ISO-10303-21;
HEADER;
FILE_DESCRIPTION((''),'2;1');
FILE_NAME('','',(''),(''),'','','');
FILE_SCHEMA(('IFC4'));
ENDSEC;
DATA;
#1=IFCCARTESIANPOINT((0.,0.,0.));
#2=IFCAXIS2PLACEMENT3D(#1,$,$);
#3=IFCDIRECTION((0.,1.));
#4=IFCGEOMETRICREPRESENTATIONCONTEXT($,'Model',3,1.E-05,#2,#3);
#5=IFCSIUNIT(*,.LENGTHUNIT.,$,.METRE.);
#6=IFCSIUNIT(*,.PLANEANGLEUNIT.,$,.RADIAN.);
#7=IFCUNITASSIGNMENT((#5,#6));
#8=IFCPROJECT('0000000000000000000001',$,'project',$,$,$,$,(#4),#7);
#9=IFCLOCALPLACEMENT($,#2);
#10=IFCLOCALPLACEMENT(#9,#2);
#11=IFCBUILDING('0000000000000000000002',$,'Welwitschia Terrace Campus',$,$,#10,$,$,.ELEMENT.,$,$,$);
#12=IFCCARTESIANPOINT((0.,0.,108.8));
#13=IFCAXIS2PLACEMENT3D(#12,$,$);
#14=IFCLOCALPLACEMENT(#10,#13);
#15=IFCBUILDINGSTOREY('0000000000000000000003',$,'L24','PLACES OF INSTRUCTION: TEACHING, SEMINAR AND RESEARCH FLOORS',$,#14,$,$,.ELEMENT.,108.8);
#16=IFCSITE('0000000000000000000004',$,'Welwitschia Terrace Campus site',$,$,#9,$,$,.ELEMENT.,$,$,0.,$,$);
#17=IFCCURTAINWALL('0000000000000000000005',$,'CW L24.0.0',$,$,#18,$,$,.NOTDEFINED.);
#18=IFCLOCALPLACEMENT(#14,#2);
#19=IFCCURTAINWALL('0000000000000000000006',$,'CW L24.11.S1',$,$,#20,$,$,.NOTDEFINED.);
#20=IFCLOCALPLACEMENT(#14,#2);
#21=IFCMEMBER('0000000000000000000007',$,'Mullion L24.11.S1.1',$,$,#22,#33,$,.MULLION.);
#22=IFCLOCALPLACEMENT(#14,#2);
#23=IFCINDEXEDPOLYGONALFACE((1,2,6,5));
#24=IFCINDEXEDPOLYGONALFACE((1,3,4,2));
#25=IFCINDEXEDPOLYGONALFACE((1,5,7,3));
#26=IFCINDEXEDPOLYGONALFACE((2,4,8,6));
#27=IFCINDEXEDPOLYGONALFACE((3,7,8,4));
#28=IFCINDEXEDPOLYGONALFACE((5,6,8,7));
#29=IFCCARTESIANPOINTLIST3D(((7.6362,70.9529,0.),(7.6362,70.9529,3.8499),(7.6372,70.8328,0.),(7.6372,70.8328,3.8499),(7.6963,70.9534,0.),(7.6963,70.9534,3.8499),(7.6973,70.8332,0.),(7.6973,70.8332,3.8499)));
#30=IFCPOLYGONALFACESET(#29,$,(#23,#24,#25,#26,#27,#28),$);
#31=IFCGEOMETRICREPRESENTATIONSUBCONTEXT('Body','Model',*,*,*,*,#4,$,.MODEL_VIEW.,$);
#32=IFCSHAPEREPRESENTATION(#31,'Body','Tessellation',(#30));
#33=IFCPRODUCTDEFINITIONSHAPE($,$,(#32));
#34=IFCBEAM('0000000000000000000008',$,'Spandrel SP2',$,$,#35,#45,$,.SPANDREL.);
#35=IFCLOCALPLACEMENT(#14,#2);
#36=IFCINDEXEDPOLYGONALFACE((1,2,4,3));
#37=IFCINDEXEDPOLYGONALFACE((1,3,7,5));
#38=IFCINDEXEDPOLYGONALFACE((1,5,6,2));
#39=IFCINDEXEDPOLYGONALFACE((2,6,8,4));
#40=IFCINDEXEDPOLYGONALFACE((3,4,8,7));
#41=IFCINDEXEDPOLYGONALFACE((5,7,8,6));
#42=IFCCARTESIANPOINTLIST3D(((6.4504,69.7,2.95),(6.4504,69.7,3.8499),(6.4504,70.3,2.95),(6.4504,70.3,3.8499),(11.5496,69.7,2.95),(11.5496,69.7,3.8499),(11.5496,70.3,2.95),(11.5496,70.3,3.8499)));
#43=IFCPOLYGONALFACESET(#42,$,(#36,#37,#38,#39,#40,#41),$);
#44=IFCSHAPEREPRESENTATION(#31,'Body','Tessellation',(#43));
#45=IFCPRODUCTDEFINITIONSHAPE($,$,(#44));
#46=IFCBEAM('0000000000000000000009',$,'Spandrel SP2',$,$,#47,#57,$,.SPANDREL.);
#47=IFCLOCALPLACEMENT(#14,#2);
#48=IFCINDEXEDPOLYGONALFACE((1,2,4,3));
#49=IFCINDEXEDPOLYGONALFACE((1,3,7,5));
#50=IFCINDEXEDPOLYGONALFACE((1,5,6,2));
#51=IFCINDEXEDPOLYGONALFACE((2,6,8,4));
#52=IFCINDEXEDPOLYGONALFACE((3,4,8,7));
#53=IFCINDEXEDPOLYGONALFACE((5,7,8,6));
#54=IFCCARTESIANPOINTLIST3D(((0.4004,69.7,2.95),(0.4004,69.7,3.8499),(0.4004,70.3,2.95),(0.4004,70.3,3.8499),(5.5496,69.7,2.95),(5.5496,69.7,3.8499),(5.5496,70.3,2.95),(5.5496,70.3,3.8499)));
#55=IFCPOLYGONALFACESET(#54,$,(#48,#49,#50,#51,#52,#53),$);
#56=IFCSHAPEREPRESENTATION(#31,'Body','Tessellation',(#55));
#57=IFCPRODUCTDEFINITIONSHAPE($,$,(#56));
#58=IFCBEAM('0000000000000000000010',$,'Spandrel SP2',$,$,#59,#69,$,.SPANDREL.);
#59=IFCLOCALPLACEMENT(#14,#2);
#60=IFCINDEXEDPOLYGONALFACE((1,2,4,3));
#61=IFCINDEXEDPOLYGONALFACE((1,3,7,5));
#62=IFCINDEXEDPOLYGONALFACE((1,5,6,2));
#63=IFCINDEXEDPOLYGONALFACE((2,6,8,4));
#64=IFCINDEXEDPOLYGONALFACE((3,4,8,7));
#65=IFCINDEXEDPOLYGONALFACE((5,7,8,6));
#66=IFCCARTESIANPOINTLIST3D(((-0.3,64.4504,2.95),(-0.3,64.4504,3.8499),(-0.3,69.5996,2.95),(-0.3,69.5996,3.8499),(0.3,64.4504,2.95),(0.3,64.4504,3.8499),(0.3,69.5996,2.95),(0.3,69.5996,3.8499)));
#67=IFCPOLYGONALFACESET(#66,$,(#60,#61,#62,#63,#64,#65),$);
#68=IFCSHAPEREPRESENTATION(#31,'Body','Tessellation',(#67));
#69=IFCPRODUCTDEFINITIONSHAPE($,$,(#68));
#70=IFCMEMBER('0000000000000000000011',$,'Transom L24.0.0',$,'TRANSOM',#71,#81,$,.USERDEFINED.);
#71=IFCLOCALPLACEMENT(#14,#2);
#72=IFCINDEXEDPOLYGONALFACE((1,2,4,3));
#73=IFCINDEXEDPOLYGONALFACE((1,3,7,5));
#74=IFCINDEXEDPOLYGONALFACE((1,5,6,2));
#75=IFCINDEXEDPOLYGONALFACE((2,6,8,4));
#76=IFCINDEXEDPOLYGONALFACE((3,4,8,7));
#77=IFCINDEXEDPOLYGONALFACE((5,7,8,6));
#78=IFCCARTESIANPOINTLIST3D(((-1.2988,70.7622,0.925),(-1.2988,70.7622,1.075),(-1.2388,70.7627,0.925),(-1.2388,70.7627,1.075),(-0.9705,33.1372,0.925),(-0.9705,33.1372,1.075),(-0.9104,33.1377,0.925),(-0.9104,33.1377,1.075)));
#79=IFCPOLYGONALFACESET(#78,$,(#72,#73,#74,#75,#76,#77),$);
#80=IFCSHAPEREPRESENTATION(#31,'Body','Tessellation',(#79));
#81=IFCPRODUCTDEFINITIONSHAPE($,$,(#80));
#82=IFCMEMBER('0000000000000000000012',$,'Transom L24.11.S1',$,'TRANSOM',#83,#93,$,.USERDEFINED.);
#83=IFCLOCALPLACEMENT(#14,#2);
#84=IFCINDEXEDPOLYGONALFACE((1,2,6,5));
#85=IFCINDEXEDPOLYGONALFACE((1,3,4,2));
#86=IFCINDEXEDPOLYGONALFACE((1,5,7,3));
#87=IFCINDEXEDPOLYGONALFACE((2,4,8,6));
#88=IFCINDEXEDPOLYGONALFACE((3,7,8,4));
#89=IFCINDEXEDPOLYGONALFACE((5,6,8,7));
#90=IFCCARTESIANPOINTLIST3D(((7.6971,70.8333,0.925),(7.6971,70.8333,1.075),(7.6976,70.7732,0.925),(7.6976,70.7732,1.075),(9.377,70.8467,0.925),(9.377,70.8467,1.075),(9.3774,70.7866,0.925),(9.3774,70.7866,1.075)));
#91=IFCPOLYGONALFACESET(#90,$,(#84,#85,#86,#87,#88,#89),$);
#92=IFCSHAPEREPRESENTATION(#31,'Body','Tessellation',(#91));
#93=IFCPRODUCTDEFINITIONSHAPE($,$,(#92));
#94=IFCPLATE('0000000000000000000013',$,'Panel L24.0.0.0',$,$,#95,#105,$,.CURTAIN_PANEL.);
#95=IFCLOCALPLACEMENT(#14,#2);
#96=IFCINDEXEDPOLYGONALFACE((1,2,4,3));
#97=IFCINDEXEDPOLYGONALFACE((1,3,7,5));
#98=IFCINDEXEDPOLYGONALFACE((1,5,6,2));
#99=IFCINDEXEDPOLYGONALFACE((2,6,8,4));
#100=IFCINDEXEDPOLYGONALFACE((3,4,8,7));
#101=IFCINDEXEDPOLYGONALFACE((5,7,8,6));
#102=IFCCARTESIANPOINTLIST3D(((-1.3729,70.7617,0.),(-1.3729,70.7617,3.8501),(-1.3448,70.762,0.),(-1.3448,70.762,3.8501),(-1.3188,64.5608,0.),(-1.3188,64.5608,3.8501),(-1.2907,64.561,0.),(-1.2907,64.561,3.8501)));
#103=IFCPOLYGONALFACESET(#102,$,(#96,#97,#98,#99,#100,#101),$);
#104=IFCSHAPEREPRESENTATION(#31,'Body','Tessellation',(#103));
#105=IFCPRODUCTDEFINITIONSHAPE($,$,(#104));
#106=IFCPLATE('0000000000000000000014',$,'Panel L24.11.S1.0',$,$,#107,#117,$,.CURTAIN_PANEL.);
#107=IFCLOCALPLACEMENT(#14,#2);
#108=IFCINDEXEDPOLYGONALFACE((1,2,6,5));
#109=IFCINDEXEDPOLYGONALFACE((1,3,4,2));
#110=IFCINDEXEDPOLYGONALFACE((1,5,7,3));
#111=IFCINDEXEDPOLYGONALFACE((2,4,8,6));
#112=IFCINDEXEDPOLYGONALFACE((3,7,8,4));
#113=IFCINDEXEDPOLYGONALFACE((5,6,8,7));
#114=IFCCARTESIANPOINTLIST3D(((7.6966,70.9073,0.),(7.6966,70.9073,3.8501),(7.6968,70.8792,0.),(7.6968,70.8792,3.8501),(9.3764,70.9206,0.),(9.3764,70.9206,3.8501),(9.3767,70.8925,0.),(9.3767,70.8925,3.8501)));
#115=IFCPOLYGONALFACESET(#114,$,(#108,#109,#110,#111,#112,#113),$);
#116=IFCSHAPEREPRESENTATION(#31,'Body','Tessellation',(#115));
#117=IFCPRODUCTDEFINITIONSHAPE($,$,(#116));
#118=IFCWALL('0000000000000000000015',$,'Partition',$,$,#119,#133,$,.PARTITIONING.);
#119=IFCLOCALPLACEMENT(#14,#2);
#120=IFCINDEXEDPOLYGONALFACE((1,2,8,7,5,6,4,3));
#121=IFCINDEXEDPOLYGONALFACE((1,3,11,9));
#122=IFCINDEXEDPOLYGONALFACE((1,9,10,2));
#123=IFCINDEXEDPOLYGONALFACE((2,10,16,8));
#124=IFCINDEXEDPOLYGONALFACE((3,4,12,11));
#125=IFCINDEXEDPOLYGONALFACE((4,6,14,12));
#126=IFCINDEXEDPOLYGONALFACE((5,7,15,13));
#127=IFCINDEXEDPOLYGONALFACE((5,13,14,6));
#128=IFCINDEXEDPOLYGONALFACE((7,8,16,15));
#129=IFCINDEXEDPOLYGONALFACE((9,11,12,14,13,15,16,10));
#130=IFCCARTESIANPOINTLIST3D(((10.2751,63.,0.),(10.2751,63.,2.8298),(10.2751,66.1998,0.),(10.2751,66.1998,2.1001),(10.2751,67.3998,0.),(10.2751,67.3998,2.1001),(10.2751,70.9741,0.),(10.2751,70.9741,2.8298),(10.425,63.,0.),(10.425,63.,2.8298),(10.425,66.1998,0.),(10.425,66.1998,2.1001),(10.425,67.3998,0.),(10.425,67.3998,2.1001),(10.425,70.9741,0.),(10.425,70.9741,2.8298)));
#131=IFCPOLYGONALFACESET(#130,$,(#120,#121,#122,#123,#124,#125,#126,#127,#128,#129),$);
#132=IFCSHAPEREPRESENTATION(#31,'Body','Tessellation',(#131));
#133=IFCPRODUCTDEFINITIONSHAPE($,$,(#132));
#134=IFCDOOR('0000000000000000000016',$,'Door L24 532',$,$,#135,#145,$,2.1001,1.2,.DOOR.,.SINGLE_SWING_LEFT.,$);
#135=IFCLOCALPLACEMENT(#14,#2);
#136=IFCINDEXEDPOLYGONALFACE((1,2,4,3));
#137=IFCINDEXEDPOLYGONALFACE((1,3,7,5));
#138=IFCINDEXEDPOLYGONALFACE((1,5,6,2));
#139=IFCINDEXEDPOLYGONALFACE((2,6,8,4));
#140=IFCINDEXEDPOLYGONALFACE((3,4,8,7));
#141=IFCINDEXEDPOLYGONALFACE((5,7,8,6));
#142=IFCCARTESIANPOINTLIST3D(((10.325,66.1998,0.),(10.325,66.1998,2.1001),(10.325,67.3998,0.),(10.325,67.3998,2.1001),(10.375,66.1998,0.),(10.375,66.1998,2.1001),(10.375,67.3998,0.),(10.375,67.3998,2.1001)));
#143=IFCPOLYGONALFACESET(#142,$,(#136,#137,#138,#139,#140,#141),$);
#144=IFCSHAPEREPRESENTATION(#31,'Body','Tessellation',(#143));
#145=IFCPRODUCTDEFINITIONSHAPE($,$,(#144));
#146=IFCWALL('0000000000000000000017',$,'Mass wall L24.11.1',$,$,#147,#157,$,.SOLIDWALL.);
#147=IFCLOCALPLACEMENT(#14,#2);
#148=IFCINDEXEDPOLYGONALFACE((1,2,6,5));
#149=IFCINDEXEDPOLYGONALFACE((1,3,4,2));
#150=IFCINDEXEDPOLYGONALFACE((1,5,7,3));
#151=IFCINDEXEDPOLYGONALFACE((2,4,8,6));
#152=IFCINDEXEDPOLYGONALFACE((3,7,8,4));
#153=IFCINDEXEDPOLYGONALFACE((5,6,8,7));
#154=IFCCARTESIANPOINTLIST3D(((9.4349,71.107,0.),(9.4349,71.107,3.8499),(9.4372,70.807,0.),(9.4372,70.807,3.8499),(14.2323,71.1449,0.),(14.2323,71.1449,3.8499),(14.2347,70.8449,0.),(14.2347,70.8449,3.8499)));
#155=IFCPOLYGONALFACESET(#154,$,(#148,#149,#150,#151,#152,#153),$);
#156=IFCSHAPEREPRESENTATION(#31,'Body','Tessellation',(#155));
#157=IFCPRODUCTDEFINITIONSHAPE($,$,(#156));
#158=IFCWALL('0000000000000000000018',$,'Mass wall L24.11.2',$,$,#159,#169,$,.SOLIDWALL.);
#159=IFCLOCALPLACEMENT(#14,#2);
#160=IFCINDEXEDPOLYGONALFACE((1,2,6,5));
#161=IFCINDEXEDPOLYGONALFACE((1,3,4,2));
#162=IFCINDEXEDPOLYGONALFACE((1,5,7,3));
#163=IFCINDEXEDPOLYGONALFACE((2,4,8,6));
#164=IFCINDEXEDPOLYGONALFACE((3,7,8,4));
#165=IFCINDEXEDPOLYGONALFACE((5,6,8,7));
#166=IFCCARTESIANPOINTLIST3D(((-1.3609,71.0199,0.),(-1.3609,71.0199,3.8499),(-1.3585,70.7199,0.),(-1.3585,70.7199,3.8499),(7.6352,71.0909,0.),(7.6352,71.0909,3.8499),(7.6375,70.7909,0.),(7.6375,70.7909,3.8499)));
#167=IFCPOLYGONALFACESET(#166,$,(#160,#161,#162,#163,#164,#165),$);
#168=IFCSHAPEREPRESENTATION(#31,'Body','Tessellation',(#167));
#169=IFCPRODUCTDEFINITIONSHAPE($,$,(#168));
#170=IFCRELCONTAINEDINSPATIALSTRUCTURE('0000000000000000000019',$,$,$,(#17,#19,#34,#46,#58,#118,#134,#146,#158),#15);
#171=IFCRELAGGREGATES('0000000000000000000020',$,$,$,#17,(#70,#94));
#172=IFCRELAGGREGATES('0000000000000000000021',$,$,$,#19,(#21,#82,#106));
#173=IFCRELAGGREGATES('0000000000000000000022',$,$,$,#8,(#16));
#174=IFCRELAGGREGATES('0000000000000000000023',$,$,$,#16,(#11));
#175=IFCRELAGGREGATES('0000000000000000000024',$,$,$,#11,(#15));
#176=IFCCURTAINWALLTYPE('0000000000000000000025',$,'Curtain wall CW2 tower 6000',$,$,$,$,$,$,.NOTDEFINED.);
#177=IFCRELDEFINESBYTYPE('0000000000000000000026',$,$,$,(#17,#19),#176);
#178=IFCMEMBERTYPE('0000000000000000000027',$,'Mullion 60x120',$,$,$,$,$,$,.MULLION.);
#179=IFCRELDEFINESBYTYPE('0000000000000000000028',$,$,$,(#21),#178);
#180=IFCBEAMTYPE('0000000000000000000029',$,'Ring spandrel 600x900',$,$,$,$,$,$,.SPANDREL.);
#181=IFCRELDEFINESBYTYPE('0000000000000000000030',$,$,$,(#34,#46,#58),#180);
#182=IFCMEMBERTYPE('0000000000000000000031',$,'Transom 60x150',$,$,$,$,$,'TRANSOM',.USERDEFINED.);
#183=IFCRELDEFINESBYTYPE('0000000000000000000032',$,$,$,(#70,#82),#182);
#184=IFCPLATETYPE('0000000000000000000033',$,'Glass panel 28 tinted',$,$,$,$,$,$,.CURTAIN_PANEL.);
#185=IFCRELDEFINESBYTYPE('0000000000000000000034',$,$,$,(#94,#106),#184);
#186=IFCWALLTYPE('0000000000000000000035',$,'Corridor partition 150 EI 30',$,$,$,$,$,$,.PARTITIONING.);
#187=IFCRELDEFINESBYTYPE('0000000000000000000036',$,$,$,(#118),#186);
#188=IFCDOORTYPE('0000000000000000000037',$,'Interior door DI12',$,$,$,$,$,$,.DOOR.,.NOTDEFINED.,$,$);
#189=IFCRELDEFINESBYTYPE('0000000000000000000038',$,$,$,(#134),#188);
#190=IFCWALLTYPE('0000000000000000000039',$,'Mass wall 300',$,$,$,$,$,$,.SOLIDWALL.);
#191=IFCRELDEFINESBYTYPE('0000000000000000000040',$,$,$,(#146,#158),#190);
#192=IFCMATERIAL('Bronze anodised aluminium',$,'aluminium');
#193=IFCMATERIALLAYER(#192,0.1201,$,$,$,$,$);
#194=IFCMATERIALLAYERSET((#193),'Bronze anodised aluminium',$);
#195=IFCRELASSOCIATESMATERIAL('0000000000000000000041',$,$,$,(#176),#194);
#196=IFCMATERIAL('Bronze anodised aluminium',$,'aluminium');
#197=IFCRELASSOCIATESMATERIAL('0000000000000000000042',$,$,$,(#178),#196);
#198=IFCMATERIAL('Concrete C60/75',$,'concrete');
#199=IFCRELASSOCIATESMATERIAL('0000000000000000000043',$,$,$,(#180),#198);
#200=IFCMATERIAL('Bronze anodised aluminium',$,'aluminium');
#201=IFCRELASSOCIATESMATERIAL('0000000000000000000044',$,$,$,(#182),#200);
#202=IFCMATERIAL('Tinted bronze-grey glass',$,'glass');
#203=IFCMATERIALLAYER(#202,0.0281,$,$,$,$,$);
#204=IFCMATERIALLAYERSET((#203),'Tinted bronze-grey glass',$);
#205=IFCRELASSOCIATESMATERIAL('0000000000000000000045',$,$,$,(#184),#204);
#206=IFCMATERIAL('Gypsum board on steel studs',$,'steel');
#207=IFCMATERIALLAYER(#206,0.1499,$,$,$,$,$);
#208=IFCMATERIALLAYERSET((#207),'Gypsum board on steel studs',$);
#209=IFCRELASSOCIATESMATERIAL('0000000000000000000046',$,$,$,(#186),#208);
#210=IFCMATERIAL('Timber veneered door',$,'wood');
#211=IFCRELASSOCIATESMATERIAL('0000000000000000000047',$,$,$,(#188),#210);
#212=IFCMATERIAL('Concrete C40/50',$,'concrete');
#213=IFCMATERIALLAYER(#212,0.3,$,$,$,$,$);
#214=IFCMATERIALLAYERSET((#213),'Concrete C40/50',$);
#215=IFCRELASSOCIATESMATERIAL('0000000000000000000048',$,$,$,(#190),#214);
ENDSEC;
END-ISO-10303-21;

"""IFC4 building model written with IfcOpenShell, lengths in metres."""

from ifc_helpers import new_model, si_unit, direction, frame, frame_2d, origin, origin_2d, place, context, subcontext, project, spatial, rectangle, extrude, material, layer, layer_set, material_profile, profile_set, type_object, element, fill, aggregate, save


model = new_model("IFC4")

# Units and contexts
model_context = context("Model", 3, precision=1e-05, world=origin(), true_north=direction((0.0, 1.0)))
body_context = subcontext(model_context, "Body", "Model", "MODEL_VIEW")
ifc_project = project(units=[si_unit("LENGTHUNIT", "METRE"), si_unit("PLANEANGLEUNIT", "RADIAN")], contexts=[model_context])

# Site, building, storey
site_placement = place(None, origin())
site = spatial("IfcSite", under=ifc_project, at=site_placement, Name="Welwitschia Terrace Campus site", CompositionType="ELEMENT", RefElevation=0.0)
building_placement = place(site_placement, origin())
building = spatial("IfcBuilding", under=site, at=building_placement, Name="Welwitschia Terrace Campus", CompositionType="ELEMENT")
storey_placement = place(building_placement, frame((0.0, 0.0, 108.8)))
storey = spatial("IfcBuildingStorey", under=building, at=storey_placement, Name="L24", Description="PLACES OF INSTRUCTION: TEACHING, SEMINAR AND RESEARCH FLOORS", CompositionType="ELEMENT", Elevation=108.8)

# Curtain wall
ifc_material_1 = material(Name="Bronze anodised aluminium", Category="aluminium")
ifc_layer_1 = layer(ifc_material_1, 0.1201)
ifc_layer_set_1 = layer_set([ifc_layer_1], Name="Bronze anodised aluminium")
curtain_wall_type = type_object("IfcCurtainWallType", Name="Curtain wall CW2 tower 6000", PredefinedType="NOTDEFINED", material=ifc_layer_set_1)
curtain_wall_1_placement = place(storey_placement, origin())
curtain_wall_1 = element("IfcCurtainWall", 1, at=curtain_wall_1_placement, inside=storey, type_object=curtain_wall_type, Name="CW L24.0.0", PredefinedType="NOTDEFINED")
ifc_material_2 = material(Name="Bronze anodised aluminium", Category="aluminium")
ifc_material_profile_1 = material_profile(ifc_material_2, rectangle(XDim=0.1201, YDim=0.0601, at=origin_2d()))
ifc_profile_set_1 = profile_set([ifc_material_profile_1], Name="Bronze anodised aluminium")
member_type_1 = type_object("IfcMemberType", Name="Mullion 60x120", PredefinedType="MULLION", material=ifc_profile_set_1)

# Curtain wall, member
curtain_wall_2_placement = place(storey_placement, origin())
curtain_wall_2 = element("IfcCurtainWall", 2, at=curtain_wall_2_placement, inside=storey, type_object=curtain_wall_type, Name="CW L24.11.S1", PredefinedType="NOTDEFINED")
member_1_placement = place(storey_placement, frame((7.6667, 70.8931, 0.0), z_axis=(0.0, 0.0, 1.0), x_axis=(0.007903, -0.999969, 0.0)))
member_1 = element("IfcMember", 3, at=member_1_placement, type_object=member_type_1, Name="Mullion L24.11.S1.1", PredefinedType="MULLION", context=body_context, shape_type="SweptSolid", body=[
    extrude(rectangle(XDim=0.1201, YDim=0.0601, at=origin_2d()), origin(), (0.0, 0.0, 1.0), 3.8499),
])

# Beams
ifc_material_3 = material(Name="Concrete C60/75", Category="concrete")
ifc_material_profile_2 = material_profile(ifc_material_3, rectangle(XDim=0.6001, YDim=0.8999, at=origin_2d()))
ifc_profile_set_2 = profile_set([ifc_material_profile_2], Name="Concrete C60/75")
beam_type_1 = type_object("IfcBeamType", Name="Ring spandrel 600x900", PredefinedType="SPANDREL", material=ifc_profile_set_2)
beam_1_placement = place(storey_placement, frame((11.5496, 70.0, 3.3999), z_axis=(-1.0, 0.0, 0.0), x_axis=(0.0, -1.0, 0.0)))
element("IfcBeam", 4, at=beam_1_placement, inside=storey, type_object=beam_type_1, Name="Spandrel SP2", PredefinedType="SPANDREL", context=body_context, shape_type="SweptSolid", body=[
    extrude(rectangle(XDim=0.6001, YDim=0.8999, at=origin_2d()), origin(), (0.0, 0.0, 1.0), 5.0991),
])
for number, where, z_axis, x_axis, name in (
    (5, (5.5496, 70.0, 3.3999), (-1.0, 0.0, 0.0), (0.0, -1.0, 0.0), "Spandrel SP2"),
    (6, (0.0, 69.5996, 3.3999), (0.0, -1.0, 0.0), (1.0, 0.0, 0.0), "Spandrel SP2"),
):
    element("IfcBeam", number, at=place(storey_placement, frame(where, z_axis=z_axis, x_axis=x_axis)), inside=storey, type_object=beam_type_1, Name=name, PredefinedType="SPANDREL", context=body_context, shape_type="SweptSolid", body=[
        extrude(rectangle(XDim=0.6001, YDim=0.8999, at=origin_2d()), origin(), (0.0, 0.0, 1.0), 5.1492),
    ])

# Members
ifc_material_4 = material(Name="Bronze anodised aluminium", Category="aluminium")
ifc_material_profile_3 = material_profile(ifc_material_4, rectangle(XDim=0.0601, YDim=0.1499, at=origin_2d()))
ifc_profile_set_3 = profile_set([ifc_material_profile_3], Name="Bronze anodised aluminium")
member_type_2 = type_object("IfcMemberType", Name="Transom 60x150", ElementType="TRANSOM", PredefinedType="USERDEFINED", material=ifc_profile_set_3)
member_2_placement = place(storey_placement, frame((-1.2688, 70.7625, 1.0), z_axis=(0.008727, -0.999962, 0.0), x_axis=(0.999962, 0.008727, 0.0)))
member_2 = element("IfcMember", 7, at=member_2_placement, type_object=member_type_2, Name="Transom L24.0.0", ObjectType="TRANSOM", PredefinedType="USERDEFINED", context=body_context, shape_type="SweptSolid", body=[
    extrude(rectangle(XDim=0.0601, YDim=0.1499, at=origin_2d()), origin(), (0.0, 0.0, 1.0), 37.6265),
])
member_3_placement = place(storey_placement, frame((9.3772, 70.8167, 1.0), z_axis=(-0.999968, -0.007993, 0.0), x_axis=(0.007993, -0.999968, 0.0)))
member_3 = element("IfcMember", 8, at=member_3_placement, type_object=member_type_2, Name="Transom L24.11.S1", ObjectType="TRANSOM", PredefinedType="USERDEFINED", context=body_context, shape_type="SweptSolid", body=[
    extrude(rectangle(XDim=0.0601, YDim=0.1499, at=origin_2d()), origin(), (0.0, 0.0, 1.0), 1.6799),
])

# Plates
ifc_material_5 = material(Name="Tinted bronze-grey glass", Category="glass")
ifc_layer_2 = layer(ifc_material_5, 0.0281)
ifc_layer_set_2 = layer_set([ifc_layer_2], Name="Tinted bronze-grey glass")
plate_type = type_object("IfcPlateType", Name="Glass panel 28 tinted", PredefinedType="CURTAIN_PANEL", material=ifc_layer_set_2)
plate_1_placement = place(storey_placement, frame((-1.3318, 67.6614, 0.0), z_axis=(0.0, 0.0, 1.0), x_axis=(0.008727, -0.999962, 0.0)))
plate_1 = element("IfcPlate", 9, at=plate_1_placement, type_object=plate_type, Name="Panel L24.0.0.0", PredefinedType="CURTAIN_PANEL", context=body_context, shape_type="SweptSolid", body=[
    extrude(rectangle(XDim=6.2012, YDim=0.0281, at=origin_2d()), origin(), (0.0, 0.0, 1.0), 3.8501),
])
aggregate(curtain_wall_1, [member_2, plate_1])
plate_2_placement = place(storey_placement, frame((8.5366, 70.8999, 0.0), z_axis=(0.0, 0.0, 1.0), x_axis=(-0.999969, -0.007903, 0.0)))
plate_2 = element("IfcPlate", 10, at=plate_2_placement, type_object=plate_type, Name="Panel L24.11.S1.0", PredefinedType="CURTAIN_PANEL", context=body_context, shape_type="SweptSolid", body=[
    extrude(rectangle(XDim=1.6799, YDim=0.0281, at=origin_2d()), origin(), (0.0, 0.0, 1.0), 3.8501),
])
aggregate(curtain_wall_2, [member_1, member_3, plate_2])

# Wall, opening, door
ifc_material_6 = material(Name="Gypsum board on steel studs", Category="steel")
ifc_layer_3 = layer(ifc_material_6, 0.1499)
ifc_layer_set_3 = layer_set([ifc_layer_3], Name="Gypsum board on steel studs")
wall_type_1 = type_object("IfcWallType", Name="Corridor partition 150 EI 30", PredefinedType="PARTITIONING", material=ifc_layer_set_3)
wall_1_placement = place(storey_placement, frame((10.3501, 70.9741, 0.0), z_axis=(0.0, 0.0, 1.0), x_axis=(0.0, -1.0, 0.0)))
wall_1 = element("IfcWall", 11, at=wall_1_placement, inside=storey, type_object=wall_type_1, Name="Partition", PredefinedType="PARTITIONING", context=body_context, shape_type="SweptSolid", body=[
    extrude(rectangle(XDim=7.9741, YDim=0.1499, at=frame_2d((3.9871, 0.0))), origin(), (0.0, 0.0, 1.0), 2.8298),
])
opening_placement = place(wall_1_placement, frame((3.5742, 0.0, 0.0)))
opening = element("IfcOpeningElement", 12, at=opening_placement, cuts=wall_1, PredefinedType="OPENING", context=body_context, shape_type="SweptSolid", body=[
    extrude(rectangle(XDim=1.2, YDim=2.1001, at=frame_2d((0.6001, 1.05))), frame((0.0, 0.085, 0.0), z_axis=(0.0, -1.0, 0.0), x_axis=(1.0, 0.0, 0.0)), (0.0, 0.0, 1.0), 0.1699),
])
ifc_material_7 = material(Name="Timber veneered door", Category="wood")
door_type = type_object("IfcDoorType", Name="Interior door DI12", OperationType="NOTDEFINED", PredefinedType="DOOR", material=ifc_material_7)
door_placement = place(opening_placement, origin())
door = element("IfcDoor", 13, at=door_placement, inside=storey, type_object=door_type, Name="Door L24 532", OperationType="SINGLE_SWING_LEFT", OverallHeight=2.1001, OverallWidth=1.2, PredefinedType="DOOR", context=body_context, shape_type="SweptSolid", body=[
    extrude(rectangle(XDim=1.2, YDim=2.1001, at=frame_2d((0.6001, 1.05))), frame((0.0, 0.0249, 0.0), z_axis=(0.0, -1.0, 0.0), x_axis=(1.0, 0.0, 0.0)), (0.0, 0.0, 1.0), 0.05),
])
fill(opening, door)

# Walls
ifc_material_8 = material(Name="Concrete C40/50", Category="concrete")
ifc_layer_4 = layer(ifc_material_8, 0.3)
ifc_layer_set_4 = layer_set([ifc_layer_4], Name="Concrete C40/50")
wall_type_2 = type_object("IfcWallType", Name="Mass wall 300", PredefinedType="SOLIDWALL", material=ifc_layer_set_4)
wall_2_placement = place(storey_placement, frame((14.2336, 70.9949, 0.0), z_axis=(0.0, 0.0, 1.0), x_axis=(-0.999969, -0.007888, 0.0)))
element("IfcWall", 14, at=wall_2_placement, inside=storey, type_object=wall_type_2, Name="Mass wall L24.11.1", PredefinedType="SOLIDWALL", context=body_context, shape_type="SweptSolid", body=[
    extrude(rectangle(XDim=4.7976, YDim=0.3, at=frame_2d((2.3989, 0.0))), origin(), (0.0, 0.0, 1.0), 3.8499),
])
wall_3_placement = place(storey_placement, frame((7.6362, 70.9409, 0.0), z_axis=(0.0, 0.0, 1.0), x_axis=(-0.999969, -0.007897, 0.0)))
element("IfcWall", 15, at=wall_3_placement, inside=storey, type_object=wall_type_2, Name="Mass wall L24.11.2", PredefinedType="SOLIDWALL", context=body_context, shape_type="SweptSolid", body=[
    extrude(rectangle(XDim=8.9963, YDim=0.3, at=frame_2d((4.498, 0.0))), origin(), (0.0, 0.0, 1.0), 3.8499),
])

save(model, "model.ifc")
